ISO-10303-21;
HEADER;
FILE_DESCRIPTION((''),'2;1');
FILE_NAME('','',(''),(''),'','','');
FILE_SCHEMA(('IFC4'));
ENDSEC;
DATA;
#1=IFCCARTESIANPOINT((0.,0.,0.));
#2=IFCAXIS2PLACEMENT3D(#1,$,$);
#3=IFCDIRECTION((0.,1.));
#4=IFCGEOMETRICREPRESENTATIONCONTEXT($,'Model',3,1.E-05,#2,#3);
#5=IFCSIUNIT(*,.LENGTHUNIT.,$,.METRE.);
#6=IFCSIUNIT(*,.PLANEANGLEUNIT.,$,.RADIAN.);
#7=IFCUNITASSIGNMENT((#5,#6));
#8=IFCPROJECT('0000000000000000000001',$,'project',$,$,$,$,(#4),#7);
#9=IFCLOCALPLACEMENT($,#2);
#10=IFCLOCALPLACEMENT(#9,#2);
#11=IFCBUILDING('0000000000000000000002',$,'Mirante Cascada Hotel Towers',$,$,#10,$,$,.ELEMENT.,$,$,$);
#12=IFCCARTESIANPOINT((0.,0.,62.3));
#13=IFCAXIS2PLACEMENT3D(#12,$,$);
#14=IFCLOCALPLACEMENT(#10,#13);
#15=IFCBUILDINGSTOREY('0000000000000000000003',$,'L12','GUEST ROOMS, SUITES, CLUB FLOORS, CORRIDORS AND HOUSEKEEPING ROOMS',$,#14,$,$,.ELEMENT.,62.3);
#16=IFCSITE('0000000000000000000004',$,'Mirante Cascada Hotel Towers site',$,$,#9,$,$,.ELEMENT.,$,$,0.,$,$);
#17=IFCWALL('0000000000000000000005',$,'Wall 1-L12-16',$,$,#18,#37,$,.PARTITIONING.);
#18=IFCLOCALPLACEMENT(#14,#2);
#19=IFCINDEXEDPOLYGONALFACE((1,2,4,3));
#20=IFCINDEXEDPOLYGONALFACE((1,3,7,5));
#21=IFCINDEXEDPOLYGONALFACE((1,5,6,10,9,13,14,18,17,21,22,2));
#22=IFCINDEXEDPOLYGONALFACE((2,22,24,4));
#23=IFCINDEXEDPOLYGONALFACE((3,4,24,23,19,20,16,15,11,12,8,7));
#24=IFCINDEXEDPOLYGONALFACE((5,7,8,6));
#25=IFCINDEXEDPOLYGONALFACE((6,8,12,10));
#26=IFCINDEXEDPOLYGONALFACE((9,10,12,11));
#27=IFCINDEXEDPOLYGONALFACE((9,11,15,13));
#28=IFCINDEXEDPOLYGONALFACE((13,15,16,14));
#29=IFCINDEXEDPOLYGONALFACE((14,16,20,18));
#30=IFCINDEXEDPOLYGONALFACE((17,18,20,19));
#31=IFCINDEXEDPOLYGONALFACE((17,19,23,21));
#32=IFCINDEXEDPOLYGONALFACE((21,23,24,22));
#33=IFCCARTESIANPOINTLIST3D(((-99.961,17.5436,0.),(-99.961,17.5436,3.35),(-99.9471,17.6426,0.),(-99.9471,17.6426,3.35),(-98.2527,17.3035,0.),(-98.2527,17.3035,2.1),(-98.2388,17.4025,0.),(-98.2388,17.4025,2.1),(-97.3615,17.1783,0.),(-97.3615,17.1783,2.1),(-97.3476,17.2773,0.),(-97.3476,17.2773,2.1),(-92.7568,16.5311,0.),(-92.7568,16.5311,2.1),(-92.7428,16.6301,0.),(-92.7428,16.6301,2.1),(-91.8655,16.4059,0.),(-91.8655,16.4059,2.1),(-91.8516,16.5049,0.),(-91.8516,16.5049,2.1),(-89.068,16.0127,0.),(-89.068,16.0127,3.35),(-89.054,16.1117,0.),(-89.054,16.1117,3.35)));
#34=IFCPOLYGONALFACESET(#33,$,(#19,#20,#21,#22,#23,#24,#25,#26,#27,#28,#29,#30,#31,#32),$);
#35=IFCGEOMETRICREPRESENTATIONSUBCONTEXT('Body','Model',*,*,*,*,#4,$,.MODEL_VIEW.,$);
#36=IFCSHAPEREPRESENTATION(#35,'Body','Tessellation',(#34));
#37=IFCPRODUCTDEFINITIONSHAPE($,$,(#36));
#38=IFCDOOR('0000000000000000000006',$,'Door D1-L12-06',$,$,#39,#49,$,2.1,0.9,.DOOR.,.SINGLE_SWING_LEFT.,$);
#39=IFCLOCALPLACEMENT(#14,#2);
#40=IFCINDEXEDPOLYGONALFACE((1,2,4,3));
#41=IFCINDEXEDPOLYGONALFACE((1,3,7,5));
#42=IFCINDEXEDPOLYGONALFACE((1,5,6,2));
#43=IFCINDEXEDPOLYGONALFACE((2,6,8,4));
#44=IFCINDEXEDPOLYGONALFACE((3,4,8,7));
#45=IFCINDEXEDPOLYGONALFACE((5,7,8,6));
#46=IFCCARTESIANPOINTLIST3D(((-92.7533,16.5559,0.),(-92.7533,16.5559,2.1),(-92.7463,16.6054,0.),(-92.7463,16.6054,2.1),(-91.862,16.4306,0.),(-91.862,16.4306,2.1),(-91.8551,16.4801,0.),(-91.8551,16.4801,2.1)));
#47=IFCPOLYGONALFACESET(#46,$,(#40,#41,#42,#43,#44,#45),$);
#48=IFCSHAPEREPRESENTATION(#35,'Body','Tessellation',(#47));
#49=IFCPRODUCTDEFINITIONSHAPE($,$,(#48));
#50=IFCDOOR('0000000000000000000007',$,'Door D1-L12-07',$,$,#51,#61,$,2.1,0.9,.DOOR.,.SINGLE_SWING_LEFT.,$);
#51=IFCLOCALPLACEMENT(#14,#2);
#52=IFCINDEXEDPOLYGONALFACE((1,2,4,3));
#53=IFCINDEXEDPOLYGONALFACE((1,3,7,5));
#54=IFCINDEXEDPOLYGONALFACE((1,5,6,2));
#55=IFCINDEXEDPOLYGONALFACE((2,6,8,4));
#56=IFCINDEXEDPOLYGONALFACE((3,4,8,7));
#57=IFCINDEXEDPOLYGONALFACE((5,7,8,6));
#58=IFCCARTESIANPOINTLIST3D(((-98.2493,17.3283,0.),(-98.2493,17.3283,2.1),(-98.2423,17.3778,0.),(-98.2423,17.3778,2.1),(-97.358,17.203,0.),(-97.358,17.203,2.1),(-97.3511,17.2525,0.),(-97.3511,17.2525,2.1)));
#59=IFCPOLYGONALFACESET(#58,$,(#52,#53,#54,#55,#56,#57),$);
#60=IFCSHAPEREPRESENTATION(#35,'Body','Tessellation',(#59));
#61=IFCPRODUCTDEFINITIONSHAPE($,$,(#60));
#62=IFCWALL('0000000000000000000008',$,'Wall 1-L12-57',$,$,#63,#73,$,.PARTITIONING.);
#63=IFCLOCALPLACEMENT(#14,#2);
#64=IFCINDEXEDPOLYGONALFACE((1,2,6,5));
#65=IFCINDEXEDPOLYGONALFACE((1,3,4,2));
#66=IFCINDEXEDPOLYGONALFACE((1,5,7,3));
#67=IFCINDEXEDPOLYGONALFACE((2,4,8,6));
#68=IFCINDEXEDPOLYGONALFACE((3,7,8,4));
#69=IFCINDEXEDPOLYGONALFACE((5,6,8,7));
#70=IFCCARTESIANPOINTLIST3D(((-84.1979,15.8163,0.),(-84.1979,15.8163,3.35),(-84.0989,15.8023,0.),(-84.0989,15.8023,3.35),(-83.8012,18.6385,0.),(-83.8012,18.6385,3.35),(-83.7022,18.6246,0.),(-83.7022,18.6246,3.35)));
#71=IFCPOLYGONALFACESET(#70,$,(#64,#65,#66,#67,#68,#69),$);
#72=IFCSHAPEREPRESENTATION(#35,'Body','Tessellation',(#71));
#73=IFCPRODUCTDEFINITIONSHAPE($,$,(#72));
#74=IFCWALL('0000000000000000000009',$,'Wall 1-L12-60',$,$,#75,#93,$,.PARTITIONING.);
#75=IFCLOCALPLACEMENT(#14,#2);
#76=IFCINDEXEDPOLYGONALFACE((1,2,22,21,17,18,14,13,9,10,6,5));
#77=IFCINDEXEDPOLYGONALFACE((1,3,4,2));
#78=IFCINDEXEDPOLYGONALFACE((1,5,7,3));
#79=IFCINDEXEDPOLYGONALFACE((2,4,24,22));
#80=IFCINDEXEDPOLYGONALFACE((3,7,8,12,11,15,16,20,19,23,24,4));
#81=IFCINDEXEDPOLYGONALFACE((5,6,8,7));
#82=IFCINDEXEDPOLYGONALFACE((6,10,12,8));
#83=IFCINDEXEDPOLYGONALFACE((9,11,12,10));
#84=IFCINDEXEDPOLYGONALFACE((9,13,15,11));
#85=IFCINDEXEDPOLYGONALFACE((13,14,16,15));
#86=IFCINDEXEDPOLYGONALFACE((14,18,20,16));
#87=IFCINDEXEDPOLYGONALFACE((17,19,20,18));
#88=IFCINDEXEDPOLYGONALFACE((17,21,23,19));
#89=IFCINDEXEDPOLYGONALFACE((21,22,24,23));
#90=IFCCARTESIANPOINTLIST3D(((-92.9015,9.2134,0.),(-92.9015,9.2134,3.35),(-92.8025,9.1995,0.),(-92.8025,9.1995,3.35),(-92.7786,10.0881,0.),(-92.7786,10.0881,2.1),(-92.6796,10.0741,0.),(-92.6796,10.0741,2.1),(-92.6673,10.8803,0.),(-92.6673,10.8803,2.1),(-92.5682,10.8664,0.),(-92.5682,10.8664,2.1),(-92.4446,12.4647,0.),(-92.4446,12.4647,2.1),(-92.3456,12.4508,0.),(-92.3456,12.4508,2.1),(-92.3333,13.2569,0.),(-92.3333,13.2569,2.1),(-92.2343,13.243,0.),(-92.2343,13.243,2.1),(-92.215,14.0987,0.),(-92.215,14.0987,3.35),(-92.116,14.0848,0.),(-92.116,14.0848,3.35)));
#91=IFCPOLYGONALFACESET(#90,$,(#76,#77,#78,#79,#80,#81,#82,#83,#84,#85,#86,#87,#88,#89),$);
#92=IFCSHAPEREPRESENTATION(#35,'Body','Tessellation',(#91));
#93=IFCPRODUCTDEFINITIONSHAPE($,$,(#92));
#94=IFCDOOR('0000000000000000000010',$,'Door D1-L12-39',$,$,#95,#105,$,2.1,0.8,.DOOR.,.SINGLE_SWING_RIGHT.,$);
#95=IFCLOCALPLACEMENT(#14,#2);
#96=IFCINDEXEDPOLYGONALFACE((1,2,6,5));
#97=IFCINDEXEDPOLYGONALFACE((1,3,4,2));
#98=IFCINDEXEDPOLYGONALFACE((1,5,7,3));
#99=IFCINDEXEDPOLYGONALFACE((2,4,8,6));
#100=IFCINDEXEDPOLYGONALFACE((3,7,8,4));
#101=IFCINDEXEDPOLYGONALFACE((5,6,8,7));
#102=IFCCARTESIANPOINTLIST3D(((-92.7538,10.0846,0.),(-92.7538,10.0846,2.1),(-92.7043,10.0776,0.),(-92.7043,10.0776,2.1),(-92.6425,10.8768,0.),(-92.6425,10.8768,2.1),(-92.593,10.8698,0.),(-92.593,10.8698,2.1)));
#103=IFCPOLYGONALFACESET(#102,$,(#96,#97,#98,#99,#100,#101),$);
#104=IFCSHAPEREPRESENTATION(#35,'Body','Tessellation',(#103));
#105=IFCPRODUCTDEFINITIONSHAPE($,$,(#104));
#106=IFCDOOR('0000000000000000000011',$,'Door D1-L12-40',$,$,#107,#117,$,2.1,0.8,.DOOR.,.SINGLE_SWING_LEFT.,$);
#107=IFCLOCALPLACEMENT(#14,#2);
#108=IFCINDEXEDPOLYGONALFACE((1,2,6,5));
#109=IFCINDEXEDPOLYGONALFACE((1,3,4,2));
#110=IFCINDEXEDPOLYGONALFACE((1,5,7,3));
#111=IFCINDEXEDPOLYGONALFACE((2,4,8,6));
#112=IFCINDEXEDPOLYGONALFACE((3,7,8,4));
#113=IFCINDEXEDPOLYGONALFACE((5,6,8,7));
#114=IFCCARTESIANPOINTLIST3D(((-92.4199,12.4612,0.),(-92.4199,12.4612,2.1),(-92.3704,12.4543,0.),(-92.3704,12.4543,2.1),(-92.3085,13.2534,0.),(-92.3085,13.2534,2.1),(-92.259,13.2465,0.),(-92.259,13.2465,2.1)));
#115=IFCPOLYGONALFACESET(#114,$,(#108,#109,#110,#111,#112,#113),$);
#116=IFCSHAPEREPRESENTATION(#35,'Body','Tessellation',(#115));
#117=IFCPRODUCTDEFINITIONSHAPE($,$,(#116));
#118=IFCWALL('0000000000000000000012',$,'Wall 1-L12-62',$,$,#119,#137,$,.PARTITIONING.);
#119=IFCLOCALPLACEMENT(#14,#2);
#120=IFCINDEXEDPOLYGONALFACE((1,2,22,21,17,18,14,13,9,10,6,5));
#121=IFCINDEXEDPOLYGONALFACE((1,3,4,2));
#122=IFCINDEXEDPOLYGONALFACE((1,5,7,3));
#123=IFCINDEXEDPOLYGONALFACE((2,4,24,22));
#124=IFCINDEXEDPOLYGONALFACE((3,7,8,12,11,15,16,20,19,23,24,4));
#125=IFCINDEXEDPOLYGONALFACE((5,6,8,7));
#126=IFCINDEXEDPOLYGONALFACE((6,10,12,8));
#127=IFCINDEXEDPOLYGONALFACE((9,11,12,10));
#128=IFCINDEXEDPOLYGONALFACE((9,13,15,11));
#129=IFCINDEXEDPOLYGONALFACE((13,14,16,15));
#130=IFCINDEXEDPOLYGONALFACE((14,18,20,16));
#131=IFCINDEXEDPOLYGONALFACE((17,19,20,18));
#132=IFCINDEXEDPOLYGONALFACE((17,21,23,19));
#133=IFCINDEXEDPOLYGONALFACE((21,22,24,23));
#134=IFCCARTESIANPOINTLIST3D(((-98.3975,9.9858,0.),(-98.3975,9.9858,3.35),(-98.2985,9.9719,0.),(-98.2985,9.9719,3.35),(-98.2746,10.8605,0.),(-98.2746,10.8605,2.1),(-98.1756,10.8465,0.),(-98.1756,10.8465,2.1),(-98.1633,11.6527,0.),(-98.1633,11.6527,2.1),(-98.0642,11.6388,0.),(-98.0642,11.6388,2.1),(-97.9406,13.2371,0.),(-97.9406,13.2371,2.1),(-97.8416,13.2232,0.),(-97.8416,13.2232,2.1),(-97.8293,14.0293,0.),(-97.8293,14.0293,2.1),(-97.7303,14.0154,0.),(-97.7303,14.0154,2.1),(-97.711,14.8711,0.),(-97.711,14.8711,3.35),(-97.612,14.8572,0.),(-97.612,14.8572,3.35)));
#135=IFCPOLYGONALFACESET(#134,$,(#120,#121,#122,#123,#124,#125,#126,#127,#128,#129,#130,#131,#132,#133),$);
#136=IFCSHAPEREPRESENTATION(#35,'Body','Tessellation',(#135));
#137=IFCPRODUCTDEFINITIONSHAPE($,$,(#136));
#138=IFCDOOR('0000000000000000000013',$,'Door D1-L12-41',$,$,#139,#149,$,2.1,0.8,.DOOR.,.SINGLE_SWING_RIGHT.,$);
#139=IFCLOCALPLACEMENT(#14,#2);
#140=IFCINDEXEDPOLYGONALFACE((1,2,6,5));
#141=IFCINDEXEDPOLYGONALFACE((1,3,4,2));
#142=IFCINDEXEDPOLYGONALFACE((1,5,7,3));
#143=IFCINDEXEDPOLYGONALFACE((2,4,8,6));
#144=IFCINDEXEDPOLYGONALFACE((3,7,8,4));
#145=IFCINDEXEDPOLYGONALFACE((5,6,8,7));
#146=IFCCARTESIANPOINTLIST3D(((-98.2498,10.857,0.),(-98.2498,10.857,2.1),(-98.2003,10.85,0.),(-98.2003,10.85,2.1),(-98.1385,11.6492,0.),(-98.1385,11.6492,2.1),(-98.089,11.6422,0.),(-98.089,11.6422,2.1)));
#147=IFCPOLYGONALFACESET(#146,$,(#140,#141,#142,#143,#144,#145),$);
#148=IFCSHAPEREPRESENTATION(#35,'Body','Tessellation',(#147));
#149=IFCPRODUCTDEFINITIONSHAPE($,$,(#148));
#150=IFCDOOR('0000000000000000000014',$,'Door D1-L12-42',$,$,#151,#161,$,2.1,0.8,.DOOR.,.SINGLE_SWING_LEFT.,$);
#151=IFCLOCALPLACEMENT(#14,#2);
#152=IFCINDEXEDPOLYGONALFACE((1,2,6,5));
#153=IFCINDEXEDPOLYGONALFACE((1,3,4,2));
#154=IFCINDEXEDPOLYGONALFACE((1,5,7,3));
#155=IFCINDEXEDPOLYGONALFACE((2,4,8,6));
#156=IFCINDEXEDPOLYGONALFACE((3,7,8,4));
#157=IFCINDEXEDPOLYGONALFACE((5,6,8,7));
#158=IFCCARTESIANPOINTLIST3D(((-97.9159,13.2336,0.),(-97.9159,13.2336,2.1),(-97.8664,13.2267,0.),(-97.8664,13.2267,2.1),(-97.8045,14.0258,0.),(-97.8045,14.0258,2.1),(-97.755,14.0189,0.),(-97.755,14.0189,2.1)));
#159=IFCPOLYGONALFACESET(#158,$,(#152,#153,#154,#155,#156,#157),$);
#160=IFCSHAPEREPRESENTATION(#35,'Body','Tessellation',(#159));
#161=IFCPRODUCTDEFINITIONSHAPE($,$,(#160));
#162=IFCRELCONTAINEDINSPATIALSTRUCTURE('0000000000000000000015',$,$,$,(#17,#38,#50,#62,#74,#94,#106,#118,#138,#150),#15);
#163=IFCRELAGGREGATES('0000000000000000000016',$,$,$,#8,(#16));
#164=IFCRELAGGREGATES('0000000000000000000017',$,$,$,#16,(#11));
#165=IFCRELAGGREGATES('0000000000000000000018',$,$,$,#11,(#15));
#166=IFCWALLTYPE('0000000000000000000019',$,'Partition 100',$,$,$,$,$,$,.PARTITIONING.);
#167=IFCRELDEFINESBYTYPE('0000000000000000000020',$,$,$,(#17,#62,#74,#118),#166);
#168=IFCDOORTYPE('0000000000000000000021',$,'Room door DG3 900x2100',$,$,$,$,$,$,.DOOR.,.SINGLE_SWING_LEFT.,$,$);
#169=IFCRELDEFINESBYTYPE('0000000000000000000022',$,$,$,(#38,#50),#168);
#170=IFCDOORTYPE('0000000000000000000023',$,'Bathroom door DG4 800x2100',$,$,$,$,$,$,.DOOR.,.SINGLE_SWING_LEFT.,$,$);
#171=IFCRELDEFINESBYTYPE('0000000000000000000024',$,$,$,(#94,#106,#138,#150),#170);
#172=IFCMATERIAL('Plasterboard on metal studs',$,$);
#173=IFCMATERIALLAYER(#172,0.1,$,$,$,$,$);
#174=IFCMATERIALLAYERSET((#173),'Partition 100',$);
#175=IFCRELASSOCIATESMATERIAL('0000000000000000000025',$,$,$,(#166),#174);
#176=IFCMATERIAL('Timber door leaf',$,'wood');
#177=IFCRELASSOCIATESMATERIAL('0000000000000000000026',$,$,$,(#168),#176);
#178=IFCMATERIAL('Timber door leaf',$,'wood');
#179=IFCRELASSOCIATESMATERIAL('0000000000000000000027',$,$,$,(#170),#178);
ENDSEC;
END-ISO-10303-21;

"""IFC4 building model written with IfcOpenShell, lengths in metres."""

from ifc_helpers import new_model, si_unit, direction, frame, frame_2d, origin, place, context, subcontext, project, spatial, rectangle, extrude, material, layer, layer_set, type_object, element, fill, save


model = new_model("IFC4")

# Units and contexts
model_context = context("Model", 3, precision=1e-05, world=origin(), true_north=direction((0.0, 1.0)))
body_context = subcontext(model_context, "Body", "Model", "MODEL_VIEW")
ifc_project = project(units=[si_unit("LENGTHUNIT", "METRE"), si_unit("PLANEANGLEUNIT", "RADIAN")], contexts=[model_context])

# Site, building, storey
site_placement = place(None, origin())
site = spatial("IfcSite", under=ifc_project, at=site_placement, Name="Mirante Cascada Hotel Towers site", CompositionType="ELEMENT", RefElevation=0.0)
building_placement = place(site_placement, origin())
building = spatial("IfcBuilding", under=site, at=building_placement, Name="Mirante Cascada Hotel Towers", CompositionType="ELEMENT")
storey_placement = place(building_placement, frame((0.0, 0.0, 62.3)))
storey = spatial("IfcBuildingStorey", under=building, at=storey_placement, Name="L12", Description="GUEST ROOMS, SUITES, CLUB FLOORS, CORRIDORS AND HOUSEKEEPING ROOMS", CompositionType="ELEMENT", Elevation=62.3)

# Shared definitions
ifc_material_1 = material(Name="Plasterboard on metal studs")
ifc_layer_1 = layer(ifc_material_1, 0.1)
ifc_layer_set_1 = layer_set([ifc_layer_1], Name="Partition 100")
wall_type_1 = type_object("IfcWallType", Name="Partition 100", PredefinedType="PARTITIONING", material=ifc_layer_set_1)

# Wall, openings, doors
wall_1_placement = place(storey_placement, frame((-99.954, 17.5931, 0.0), z_axis=(0.0, 0.0, 1.0), x_axis=(0.990268, -0.139172, 0.0)))
wall_1 = element("IfcWall", 1, at=wall_1_placement, inside=storey, type_object=wall_type_1, Name="Wall 1-L12-16", PredefinedType="PARTITIONING", context=body_context, shape_type="SweptSolid", body=[
    extrude(rectangle(XDim=11.0001, YDim=0.1, at=frame_2d((5.5, 0.0))), origin(), (0.0, 0.0, 1.0), 3.35),
])
opening_1_placement = place(wall_1_placement, frame((7.275, 0.0, 0.0)))
opening_1 = element("IfcOpeningElement", 2, at=opening_1_placement, cuts=wall_1, PredefinedType="OPENING", context=body_context, shape_type="SweptSolid", body=[
    extrude(rectangle(XDim=0.9, YDim=2.1, at=frame_2d((0.45, 1.05))), frame((0.0, 0.05, 0.0), z_axis=(0.0, -1.0, 0.0), x_axis=(1.0, 0.0, 0.0)), (0.0, 0.0, 1.0), 0.1),
])
opening_2_placement = place(wall_1_placement, frame((1.725, 0.0, 0.0)))
opening_2 = element("IfcOpeningElement", 3, at=opening_2_placement, cuts=wall_1, PredefinedType="OPENING", context=body_context, shape_type="SweptSolid", body=[
    extrude(rectangle(XDim=0.9, YDim=2.1, at=frame_2d((0.45, 1.05))), frame((0.0, 0.05, 0.0), z_axis=(0.0, -1.0, 0.0), x_axis=(1.0, 0.0, 0.0)), (0.0, 0.0, 1.0), 0.1),
])
ifc_material_2 = material(Name="Timber door leaf", Category="wood")
door_type_1 = type_object("IfcDoorType", Name="Room door DG3 900x2100", OperationType="SINGLE_SWING_LEFT", PredefinedType="DOOR", material=ifc_material_2)
door_1_placement = place(opening_1_placement, origin())
door_1 = element("IfcDoor", 4, at=door_1_placement, inside=storey, type_object=door_type_1, Name="Door D1-L12-06", OperationType="SINGLE_SWING_LEFT", OverallHeight=2.1, OverallWidth=0.9, PredefinedType="DOOR", context=body_context, shape_type="SweptSolid", body=[
    extrude(rectangle(XDim=0.9, YDim=2.1, at=frame_2d((0.45, 1.05))), frame((0.0, 0.025, 0.0), z_axis=(0.0, -1.0, 0.0), x_axis=(1.0, 0.0, 0.0)), (0.0, 0.0, 1.0), 0.05),
])
fill(opening_1, door_1)
door_2_placement = place(opening_2_placement, origin())
door_2 = element("IfcDoor", 5, at=door_2_placement, inside=storey, type_object=door_type_1, Name="Door D1-L12-07", OperationType="SINGLE_SWING_LEFT", OverallHeight=2.1, OverallWidth=0.9, PredefinedType="DOOR", context=body_context, shape_type="SweptSolid", body=[
    extrude(rectangle(XDim=0.9, YDim=2.1, at=frame_2d((0.45, 1.05))), frame((0.0, 0.025, 0.0), z_axis=(0.0, -1.0, 0.0), x_axis=(1.0, 0.0, 0.0)), (0.0, 0.0, 1.0), 0.05),
])
fill(opening_2, door_2)

# Wall
wall_2_placement = place(storey_placement, frame((-84.1484, 15.8093, 0.0), z_axis=(0.0, 0.0, 1.0), x_axis=(0.139191, 0.990266, 0.0)))
element("IfcWall", 6, at=wall_2_placement, inside=storey, type_object=wall_type_1, Name="Wall 1-L12-57", PredefinedType="PARTITIONING", context=body_context, shape_type="SweptSolid", body=[
    extrude(rectangle(XDim=2.85, YDim=0.1, at=frame_2d((1.425, 0.0))), origin(), (0.0, 0.0, 1.0), 3.35),
])

# Walls, openings, doors
wall_3_placement = place(storey_placement, frame((-92.1655, 14.0917, 0.0), z_axis=(0.0, 0.0, 1.0), x_axis=(-0.139156, -0.99027, 0.0)))
wall_3 = element("IfcWall", 7, at=wall_3_placement, inside=storey, type_object=wall_type_1, Name="Wall 1-L12-60", PredefinedType="PARTITIONING", context=body_context, shape_type="SweptSolid", body=[
    extrude(rectangle(XDim=4.9333, YDim=0.1, at=frame_2d((2.4666, 0.0))), origin(), (0.0, 0.0, 1.0), 3.35),
])
opening_3_placement = place(wall_3_placement, frame((3.25, 0.0, 0.0)))
opening_3 = element("IfcOpeningElement", 8, at=opening_3_placement, cuts=wall_3, PredefinedType="OPENING", context=body_context, shape_type="SweptSolid", body=[
    extrude(rectangle(XDim=0.8, YDim=2.1, at=frame_2d((0.4, 1.05))), frame((0.0, 0.05, 0.0), z_axis=(0.0, -1.0, 0.0), x_axis=(1.0, 0.0, 0.0)), (0.0, 0.0, 1.0), 0.1),
])
opening_4_placement = place(wall_3_placement, frame((0.85, 0.0, 0.0)))
opening_4 = element("IfcOpeningElement", 9, at=opening_4_placement, cuts=wall_3, PredefinedType="OPENING", context=body_context, shape_type="SweptSolid", body=[
    extrude(rectangle(XDim=0.8, YDim=2.1, at=frame_2d((0.4, 1.05))), frame((0.0, 0.05, 0.0), z_axis=(0.0, -1.0, 0.0), x_axis=(1.0, 0.0, 0.0)), (0.0, 0.0, 1.0), 0.1),
])
ifc_material_3 = material(Name="Timber door leaf", Category="wood")
door_type_2 = type_object("IfcDoorType", Name="Bathroom door DG4 800x2100", OperationType="SINGLE_SWING_LEFT", PredefinedType="DOOR", material=ifc_material_3)
door_3_placement = place(opening_3_placement, frame((0.8, 0.0, 0.0), z_axis=(0.0, 0.0, 1.0), x_axis=(-1.0, 0.0, 0.0)))
door_3 = element("IfcDoor", 10, at=door_3_placement, inside=storey, type_object=door_type_2, Name="Door D1-L12-39", OperationType="SINGLE_SWING_RIGHT", OverallHeight=2.1, OverallWidth=0.8, PredefinedType="DOOR", context=body_context, shape_type="SweptSolid", body=[
    extrude(rectangle(XDim=0.8, YDim=2.1, at=frame_2d((0.4, 1.05))), frame((0.0, 0.025, 0.0), z_axis=(0.0, -1.0, 0.0), x_axis=(1.0, 0.0, 0.0)), (0.0, 0.0, 1.0), 0.05),
])
fill(opening_3, door_3)
door_4_placement = place(opening_4_placement, origin())
door_4 = element("IfcDoor", 11, at=door_4_placement, inside=storey, type_object=door_type_2, Name="Door D1-L12-40", OperationType="SINGLE_SWING_LEFT", OverallHeight=2.1, OverallWidth=0.8, PredefinedType="DOOR", context=body_context, shape_type="SweptSolid", body=[
    extrude(rectangle(XDim=0.8, YDim=2.1, at=frame_2d((0.4, 1.05))), frame((0.0, 0.025, 0.0), z_axis=(0.0, -1.0, 0.0), x_axis=(1.0, 0.0, 0.0)), (0.0, 0.0, 1.0), 0.05),
])
fill(opening_4, door_4)
wall_4_placement = place(storey_placement, frame((-97.6615, 14.8641, 0.0), z_axis=(0.0, 0.0, 1.0), x_axis=(-0.139156, -0.99027, 0.0)))
wall_4 = element("IfcWall", 12, at=wall_4_placement, inside=storey, type_object=wall_type_1, Name="Wall 1-L12-62", PredefinedType="PARTITIONING", context=body_context, shape_type="SweptSolid", body=[
    extrude(rectangle(XDim=4.9333, YDim=0.1, at=frame_2d((2.4666, 0.0))), origin(), (0.0, 0.0, 1.0), 3.35),
])
opening_5_placement = place(wall_4_placement, frame((3.25, 0.0, 0.0)))
opening_5 = element("IfcOpeningElement", 13, at=opening_5_placement, cuts=wall_4, PredefinedType="OPENING", context=body_context, shape_type="SweptSolid", body=[
    extrude(rectangle(XDim=0.8, YDim=2.1, at=frame_2d((0.4, 1.05))), frame((0.0, 0.05, 0.0), z_axis=(0.0, -1.0, 0.0), x_axis=(1.0, 0.0, 0.0)), (0.0, 0.0, 1.0), 0.1),
])
opening_6_placement = place(wall_4_placement, frame((0.85, 0.0, 0.0)))
opening_6 = element("IfcOpeningElement", 14, at=opening_6_placement, cuts=wall_4, PredefinedType="OPENING", context=body_context, shape_type="SweptSolid", body=[
    extrude(rectangle(XDim=0.8, YDim=2.1, at=frame_2d((0.4, 1.05))), frame((0.0, 0.05, 0.0), z_axis=(0.0, -1.0, 0.0), x_axis=(1.0, 0.0, 0.0)), (0.0, 0.0, 1.0), 0.1),
])
door_5_placement = place(opening_5_placement, frame((0.8, 0.0, 0.0), z_axis=(0.0, 0.0, 1.0), x_axis=(-1.0, 0.0, 0.0)))
door_5 = element("IfcDoor", 15, at=door_5_placement, inside=storey, type_object=door_type_2, Name="Door D1-L12-41", OperationType="SINGLE_SWING_RIGHT", OverallHeight=2.1, OverallWidth=0.8, PredefinedType="DOOR", context=body_context, shape_type="SweptSolid", body=[
    extrude(rectangle(XDim=0.8, YDim=2.1, at=frame_2d((0.4, 1.05))), frame((0.0, 0.025, 0.0), z_axis=(0.0, -1.0, 0.0), x_axis=(1.0, 0.0, 0.0)), (0.0, 0.0, 1.0), 0.05),
])
fill(opening_5, door_5)
door_6_placement = place(opening_6_placement, origin())
door_6 = element("IfcDoor", 16, at=door_6_placement, inside=storey, type_object=door_type_2, Name="Door D1-L12-42", OperationType="SINGLE_SWING_LEFT", OverallHeight=2.1, OverallWidth=0.8, PredefinedType="DOOR", context=body_context, shape_type="SweptSolid", body=[
    extrude(rectangle(XDim=0.8, YDim=2.1, at=frame_2d((0.4, 1.05))), frame((0.0, 0.025, 0.0), z_axis=(0.0, -1.0, 0.0), x_axis=(1.0, 0.0, 0.0)), (0.0, 0.0, 1.0), 0.05),
])
fill(opening_6, door_6)

save(model, "model.ifc")
